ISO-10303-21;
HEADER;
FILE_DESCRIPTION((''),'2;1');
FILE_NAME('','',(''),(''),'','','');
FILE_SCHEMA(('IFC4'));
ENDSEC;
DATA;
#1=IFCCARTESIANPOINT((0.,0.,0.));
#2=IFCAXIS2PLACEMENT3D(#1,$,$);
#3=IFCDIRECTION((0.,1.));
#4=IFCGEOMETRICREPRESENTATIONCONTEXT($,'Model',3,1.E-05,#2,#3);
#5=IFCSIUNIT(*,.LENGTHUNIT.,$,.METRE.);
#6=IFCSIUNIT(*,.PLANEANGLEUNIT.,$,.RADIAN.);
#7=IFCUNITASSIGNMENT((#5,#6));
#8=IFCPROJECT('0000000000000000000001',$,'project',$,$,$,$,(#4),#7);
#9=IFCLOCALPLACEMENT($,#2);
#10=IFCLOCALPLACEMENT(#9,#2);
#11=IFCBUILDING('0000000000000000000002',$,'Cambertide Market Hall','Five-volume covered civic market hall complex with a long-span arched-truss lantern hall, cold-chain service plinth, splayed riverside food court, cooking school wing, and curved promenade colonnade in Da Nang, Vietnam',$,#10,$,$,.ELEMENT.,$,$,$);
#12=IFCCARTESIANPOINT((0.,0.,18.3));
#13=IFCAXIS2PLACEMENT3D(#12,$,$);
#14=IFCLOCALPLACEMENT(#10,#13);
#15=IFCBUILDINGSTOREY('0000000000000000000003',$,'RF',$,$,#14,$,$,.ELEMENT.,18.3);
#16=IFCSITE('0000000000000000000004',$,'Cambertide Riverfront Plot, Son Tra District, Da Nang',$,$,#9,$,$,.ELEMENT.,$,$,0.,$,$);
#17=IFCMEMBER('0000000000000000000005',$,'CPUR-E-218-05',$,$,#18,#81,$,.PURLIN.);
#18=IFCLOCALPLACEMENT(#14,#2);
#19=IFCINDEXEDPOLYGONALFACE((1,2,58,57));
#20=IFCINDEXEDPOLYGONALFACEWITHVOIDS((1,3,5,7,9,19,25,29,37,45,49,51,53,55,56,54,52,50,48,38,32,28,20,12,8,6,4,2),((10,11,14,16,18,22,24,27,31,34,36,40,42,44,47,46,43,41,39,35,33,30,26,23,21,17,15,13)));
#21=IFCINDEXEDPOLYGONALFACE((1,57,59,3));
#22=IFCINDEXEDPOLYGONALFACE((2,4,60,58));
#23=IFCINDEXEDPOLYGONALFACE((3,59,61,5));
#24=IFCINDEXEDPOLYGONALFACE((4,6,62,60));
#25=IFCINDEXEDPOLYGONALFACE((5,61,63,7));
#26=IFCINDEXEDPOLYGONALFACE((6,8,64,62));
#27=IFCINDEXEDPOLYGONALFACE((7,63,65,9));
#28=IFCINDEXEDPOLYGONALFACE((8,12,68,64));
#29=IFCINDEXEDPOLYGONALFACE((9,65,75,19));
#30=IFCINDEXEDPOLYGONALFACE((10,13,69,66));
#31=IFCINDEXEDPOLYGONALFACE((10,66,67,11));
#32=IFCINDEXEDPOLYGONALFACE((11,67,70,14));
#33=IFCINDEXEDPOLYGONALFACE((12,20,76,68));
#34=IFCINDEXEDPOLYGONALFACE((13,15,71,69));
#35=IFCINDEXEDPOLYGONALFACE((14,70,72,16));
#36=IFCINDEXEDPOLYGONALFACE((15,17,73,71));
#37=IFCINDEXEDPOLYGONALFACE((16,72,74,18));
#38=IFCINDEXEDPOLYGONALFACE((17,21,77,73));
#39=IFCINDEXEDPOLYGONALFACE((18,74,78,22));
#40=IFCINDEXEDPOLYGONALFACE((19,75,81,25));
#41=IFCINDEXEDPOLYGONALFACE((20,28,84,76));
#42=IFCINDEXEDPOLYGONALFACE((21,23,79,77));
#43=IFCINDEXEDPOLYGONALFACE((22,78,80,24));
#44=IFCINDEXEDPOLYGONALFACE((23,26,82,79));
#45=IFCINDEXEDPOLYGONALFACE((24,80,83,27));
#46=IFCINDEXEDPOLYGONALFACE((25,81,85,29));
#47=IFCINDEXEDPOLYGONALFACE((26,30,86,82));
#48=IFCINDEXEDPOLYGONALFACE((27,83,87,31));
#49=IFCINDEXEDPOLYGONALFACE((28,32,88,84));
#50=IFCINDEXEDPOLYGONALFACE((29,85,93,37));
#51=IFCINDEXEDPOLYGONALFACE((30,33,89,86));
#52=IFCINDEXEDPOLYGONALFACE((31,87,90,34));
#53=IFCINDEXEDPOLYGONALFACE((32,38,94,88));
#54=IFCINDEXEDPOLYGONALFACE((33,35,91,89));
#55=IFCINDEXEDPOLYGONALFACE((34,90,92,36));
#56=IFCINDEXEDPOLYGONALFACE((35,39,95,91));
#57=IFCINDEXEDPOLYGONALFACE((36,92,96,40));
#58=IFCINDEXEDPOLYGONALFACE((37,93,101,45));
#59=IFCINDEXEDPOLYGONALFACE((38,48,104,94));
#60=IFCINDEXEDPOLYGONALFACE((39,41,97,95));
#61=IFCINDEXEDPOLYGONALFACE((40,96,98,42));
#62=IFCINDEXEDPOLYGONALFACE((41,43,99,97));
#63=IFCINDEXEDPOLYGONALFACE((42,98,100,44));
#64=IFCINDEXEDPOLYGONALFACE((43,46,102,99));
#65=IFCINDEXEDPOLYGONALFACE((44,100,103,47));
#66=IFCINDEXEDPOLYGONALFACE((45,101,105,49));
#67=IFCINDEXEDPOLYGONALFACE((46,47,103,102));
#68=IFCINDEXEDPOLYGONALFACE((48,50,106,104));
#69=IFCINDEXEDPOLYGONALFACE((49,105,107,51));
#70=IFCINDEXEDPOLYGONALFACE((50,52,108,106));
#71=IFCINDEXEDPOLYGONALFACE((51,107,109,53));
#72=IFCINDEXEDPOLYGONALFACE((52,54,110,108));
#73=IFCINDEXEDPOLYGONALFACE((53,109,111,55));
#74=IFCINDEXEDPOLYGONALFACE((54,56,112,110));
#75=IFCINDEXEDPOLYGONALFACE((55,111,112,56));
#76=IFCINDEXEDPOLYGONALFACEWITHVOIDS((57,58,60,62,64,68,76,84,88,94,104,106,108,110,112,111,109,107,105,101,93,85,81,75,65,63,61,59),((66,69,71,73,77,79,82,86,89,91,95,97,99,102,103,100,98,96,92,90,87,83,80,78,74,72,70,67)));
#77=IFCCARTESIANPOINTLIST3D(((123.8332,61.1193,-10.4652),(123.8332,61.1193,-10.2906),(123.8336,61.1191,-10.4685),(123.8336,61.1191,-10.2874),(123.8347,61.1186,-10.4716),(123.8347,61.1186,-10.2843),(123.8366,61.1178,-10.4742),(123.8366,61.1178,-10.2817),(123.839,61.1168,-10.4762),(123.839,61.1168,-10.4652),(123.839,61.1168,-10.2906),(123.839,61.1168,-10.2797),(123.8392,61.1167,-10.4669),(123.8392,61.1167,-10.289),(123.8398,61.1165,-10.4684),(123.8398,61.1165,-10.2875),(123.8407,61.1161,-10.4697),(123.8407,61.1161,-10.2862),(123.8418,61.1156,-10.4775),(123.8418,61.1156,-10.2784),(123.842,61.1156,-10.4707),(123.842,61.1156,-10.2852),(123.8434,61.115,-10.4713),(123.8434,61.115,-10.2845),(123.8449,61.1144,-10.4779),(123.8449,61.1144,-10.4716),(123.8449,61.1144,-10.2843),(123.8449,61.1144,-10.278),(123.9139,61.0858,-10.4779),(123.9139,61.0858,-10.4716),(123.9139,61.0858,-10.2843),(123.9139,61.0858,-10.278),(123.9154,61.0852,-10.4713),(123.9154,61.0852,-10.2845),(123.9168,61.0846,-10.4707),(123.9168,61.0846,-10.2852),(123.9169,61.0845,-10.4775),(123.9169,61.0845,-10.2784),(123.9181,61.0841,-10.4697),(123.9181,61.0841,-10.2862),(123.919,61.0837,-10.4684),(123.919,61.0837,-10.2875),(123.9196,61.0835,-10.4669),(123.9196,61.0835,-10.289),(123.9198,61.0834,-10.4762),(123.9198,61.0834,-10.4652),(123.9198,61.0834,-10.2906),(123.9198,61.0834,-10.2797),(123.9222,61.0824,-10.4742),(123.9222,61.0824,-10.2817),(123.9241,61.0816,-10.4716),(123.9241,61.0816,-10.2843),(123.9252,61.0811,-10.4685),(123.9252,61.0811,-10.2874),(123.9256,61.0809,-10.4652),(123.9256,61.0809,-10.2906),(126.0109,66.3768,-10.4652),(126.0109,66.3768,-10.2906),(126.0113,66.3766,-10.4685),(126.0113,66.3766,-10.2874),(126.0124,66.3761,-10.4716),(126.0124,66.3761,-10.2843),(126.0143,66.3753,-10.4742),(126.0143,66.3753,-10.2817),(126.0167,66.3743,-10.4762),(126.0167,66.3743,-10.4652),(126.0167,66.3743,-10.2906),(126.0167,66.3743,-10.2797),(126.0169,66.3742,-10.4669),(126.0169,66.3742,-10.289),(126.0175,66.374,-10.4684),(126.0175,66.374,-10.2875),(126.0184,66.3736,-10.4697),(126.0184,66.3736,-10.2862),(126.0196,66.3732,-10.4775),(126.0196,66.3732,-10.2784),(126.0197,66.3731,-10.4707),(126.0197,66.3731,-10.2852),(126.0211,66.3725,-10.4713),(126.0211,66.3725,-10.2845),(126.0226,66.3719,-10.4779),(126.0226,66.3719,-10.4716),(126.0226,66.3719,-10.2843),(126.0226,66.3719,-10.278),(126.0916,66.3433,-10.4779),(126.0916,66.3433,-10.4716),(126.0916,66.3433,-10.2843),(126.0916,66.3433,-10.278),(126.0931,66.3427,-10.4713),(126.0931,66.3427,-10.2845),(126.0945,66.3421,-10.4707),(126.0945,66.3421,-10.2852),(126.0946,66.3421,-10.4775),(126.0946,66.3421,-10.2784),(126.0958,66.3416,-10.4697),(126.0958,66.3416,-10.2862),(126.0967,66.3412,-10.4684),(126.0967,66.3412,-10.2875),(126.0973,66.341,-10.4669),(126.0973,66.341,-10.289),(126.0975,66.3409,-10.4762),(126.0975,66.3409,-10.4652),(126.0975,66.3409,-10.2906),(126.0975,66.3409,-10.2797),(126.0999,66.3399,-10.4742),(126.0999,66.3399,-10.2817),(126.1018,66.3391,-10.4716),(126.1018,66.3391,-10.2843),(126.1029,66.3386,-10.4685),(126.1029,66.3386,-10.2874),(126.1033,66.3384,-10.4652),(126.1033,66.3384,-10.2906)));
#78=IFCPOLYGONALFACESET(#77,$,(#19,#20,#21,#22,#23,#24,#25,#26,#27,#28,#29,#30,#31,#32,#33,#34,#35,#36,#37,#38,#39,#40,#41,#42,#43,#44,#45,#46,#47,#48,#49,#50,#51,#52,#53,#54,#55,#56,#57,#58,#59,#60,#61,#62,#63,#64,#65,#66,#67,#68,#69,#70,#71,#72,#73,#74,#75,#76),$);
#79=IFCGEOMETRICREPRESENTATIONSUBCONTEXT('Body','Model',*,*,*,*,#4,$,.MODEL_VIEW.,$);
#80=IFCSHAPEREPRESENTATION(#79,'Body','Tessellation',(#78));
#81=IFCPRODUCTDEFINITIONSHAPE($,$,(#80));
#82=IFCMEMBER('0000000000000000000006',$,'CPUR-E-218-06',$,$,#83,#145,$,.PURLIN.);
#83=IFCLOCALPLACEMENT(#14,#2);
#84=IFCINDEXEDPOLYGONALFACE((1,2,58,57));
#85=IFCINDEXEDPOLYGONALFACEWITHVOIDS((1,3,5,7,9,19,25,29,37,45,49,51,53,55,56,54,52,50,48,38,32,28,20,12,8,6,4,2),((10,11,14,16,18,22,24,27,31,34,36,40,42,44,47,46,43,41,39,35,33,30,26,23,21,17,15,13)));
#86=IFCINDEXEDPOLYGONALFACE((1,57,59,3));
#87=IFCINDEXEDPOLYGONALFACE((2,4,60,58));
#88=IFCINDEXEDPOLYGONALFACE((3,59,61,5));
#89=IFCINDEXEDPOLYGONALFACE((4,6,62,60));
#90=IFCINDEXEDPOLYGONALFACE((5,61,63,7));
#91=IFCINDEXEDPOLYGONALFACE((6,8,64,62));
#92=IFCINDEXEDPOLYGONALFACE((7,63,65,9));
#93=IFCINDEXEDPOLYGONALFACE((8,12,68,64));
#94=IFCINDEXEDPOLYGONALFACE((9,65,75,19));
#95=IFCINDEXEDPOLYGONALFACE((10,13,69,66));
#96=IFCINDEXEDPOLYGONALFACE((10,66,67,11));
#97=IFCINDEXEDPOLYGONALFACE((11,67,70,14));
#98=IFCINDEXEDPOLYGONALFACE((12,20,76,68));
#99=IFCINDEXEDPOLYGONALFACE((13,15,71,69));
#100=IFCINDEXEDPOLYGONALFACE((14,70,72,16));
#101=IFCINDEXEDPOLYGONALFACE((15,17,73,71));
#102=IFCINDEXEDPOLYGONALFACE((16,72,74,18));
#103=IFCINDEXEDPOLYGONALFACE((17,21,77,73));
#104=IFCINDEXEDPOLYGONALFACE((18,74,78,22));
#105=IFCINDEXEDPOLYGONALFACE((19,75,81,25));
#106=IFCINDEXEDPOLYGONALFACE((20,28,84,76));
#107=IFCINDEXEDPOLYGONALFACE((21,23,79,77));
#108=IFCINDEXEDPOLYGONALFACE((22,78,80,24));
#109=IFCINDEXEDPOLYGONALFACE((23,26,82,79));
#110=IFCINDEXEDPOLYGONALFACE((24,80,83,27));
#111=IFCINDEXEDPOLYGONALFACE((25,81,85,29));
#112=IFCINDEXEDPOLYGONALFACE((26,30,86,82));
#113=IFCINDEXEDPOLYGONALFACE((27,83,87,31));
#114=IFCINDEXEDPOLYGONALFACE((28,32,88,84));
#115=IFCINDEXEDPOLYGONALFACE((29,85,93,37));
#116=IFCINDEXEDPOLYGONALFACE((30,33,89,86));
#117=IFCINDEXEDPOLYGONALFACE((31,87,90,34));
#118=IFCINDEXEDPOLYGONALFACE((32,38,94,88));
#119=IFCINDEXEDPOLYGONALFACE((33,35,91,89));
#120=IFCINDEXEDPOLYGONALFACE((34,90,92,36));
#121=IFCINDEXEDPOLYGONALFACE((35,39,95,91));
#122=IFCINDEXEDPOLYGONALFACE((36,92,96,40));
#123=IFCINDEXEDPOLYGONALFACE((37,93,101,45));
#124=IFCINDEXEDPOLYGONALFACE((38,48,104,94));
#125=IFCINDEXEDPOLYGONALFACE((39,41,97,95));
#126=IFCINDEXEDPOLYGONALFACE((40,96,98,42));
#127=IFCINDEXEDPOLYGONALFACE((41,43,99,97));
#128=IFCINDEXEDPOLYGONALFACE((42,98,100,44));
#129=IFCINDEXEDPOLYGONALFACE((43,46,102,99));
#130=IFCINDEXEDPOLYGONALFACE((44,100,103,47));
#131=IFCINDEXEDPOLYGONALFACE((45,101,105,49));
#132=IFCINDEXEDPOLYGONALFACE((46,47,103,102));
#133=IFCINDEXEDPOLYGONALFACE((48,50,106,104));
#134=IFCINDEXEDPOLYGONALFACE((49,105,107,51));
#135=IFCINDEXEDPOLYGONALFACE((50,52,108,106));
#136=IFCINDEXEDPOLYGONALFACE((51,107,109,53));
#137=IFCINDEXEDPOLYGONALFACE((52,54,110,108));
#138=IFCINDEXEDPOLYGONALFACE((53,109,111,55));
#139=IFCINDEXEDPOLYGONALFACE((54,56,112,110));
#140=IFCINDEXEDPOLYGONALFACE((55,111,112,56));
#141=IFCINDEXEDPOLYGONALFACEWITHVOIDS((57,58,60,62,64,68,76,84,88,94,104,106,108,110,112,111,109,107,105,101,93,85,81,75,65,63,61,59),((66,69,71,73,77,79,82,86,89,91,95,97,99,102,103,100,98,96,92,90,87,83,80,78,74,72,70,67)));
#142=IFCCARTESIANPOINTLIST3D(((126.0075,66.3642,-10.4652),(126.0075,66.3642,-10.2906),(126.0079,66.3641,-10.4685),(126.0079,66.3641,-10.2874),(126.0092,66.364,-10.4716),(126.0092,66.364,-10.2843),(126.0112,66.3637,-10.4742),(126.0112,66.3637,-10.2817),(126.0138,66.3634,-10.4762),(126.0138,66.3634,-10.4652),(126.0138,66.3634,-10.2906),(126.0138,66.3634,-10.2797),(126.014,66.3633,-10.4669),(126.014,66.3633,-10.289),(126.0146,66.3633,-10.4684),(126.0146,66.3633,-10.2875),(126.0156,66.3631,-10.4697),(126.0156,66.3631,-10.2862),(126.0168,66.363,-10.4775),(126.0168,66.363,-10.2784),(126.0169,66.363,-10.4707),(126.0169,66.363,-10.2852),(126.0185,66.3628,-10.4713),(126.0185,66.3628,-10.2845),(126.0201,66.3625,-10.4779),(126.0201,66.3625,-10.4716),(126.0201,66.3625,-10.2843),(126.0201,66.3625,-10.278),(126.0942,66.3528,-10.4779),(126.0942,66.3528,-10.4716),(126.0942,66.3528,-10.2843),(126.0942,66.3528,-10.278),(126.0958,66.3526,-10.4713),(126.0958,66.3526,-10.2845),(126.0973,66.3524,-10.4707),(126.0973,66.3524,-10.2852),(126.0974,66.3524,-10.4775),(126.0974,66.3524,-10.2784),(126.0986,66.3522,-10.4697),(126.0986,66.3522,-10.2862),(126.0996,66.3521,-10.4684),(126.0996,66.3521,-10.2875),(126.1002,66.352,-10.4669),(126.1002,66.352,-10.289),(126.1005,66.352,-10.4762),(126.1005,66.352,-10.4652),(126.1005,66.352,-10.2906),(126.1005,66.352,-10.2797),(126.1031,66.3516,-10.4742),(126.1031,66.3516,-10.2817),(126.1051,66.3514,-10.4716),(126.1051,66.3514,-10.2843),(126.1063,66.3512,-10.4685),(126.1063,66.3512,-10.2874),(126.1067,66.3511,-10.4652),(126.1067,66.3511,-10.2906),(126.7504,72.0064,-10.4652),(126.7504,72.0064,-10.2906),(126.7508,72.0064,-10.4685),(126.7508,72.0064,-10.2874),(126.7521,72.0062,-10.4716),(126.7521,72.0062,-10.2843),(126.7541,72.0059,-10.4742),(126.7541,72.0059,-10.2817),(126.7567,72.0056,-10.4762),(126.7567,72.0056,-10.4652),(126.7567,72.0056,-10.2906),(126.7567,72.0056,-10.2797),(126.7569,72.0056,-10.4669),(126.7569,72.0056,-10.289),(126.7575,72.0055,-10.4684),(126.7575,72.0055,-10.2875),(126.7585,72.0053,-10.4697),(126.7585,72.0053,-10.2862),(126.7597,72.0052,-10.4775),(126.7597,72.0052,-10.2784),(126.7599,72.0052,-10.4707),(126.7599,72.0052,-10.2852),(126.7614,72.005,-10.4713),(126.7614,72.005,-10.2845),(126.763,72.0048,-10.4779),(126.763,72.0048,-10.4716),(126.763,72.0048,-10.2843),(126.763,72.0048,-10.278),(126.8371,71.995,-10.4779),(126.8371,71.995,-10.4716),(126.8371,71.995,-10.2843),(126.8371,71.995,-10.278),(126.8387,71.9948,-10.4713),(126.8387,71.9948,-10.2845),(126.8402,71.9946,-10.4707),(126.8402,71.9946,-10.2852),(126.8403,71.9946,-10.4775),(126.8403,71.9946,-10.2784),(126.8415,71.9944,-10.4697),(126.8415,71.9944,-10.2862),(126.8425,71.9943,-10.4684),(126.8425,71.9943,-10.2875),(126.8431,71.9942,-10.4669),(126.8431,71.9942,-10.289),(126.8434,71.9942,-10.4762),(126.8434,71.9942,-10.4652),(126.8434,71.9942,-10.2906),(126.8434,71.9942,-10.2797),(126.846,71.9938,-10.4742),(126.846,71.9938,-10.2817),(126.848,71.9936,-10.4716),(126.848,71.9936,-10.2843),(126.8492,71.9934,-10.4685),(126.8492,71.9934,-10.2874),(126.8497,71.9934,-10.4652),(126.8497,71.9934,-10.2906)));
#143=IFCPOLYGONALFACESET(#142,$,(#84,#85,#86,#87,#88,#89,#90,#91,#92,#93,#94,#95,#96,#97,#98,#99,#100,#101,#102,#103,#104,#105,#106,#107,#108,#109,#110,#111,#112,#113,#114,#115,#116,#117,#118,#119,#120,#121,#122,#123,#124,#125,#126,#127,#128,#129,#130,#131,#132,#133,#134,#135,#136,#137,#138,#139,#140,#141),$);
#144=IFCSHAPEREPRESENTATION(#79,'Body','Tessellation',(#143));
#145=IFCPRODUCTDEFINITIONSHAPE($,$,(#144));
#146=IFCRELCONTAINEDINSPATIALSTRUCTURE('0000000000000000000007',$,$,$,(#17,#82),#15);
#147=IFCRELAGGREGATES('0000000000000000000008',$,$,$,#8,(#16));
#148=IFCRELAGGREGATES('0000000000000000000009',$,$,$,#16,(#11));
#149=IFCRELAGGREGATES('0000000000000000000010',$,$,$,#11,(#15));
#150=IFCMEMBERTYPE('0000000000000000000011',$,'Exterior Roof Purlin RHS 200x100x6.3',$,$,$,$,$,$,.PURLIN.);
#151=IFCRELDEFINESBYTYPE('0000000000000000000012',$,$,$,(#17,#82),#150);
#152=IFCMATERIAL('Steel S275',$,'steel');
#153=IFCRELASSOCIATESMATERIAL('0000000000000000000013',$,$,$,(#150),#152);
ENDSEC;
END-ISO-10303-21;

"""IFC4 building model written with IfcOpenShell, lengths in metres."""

from ifc_helpers import new_model, si_unit, direction, frame, origin, origin_2d, place, context, subcontext, project, spatial, hollow_rectangle, extrude, material, material_profile, profile_set, type_object, element, save


model = new_model("IFC4")

# Units and contexts
model_context = context("Model", 3, precision=1e-05, world=origin(), true_north=direction((0.0, 1.0)))
body_context = subcontext(model_context, "Body", "Model", "MODEL_VIEW")
ifc_project = project(units=[si_unit("LENGTHUNIT", "METRE"), si_unit("PLANEANGLEUNIT", "RADIAN")], contexts=[model_context])

# Site, building, storey
site_placement = place(None, origin())
site = spatial("IfcSite", under=ifc_project, at=site_placement, Name="Cambertide Riverfront Plot, Son Tra District, Da Nang", CompositionType="ELEMENT", RefElevation=0.0)
building_placement = place(site_placement, origin())
building = spatial("IfcBuilding", under=site, at=building_placement, Name="Cambertide Market Hall", Description="Five-volume covered civic market hall complex with a long-span arched-truss lantern hall, cold-chain service plinth, splayed riverside food court, cooking school wing, and curved promenade colonnade in Da Nang, Vietnam", CompositionType="ELEMENT")
storey_placement = place(building_placement, frame((0.0, 0.0, 18.3)))
storey = spatial("IfcBuildingStorey", under=building, at=storey_placement, Name="RF", CompositionType="ELEMENT", Elevation=18.3)

# Members
ifc_material_1 = material(Name="Steel S275", Category="steel")
ifc_material_profile_1 = material_profile(ifc_material_1, hollow_rectangle(XDim=0.1001, YDim=0.2, WallThickness=0.0063, InnerFilletRadius=0.0063, OuterFilletRadius=0.0127, at=origin_2d()), Name="RHS 200x100x6.3")
ifc_profile_set_1 = profile_set([ifc_material_profile_1], Name="Steel S275")
member_type_1 = type_object("IfcMemberType", Name="Exterior Roof Purlin RHS 200x100x6.3", PredefinedType="PURLIN", material=ifc_profile_set_1)
member_1_placement = place(storey_placement, frame((123.8794, 61.1001, -10.3779), z_axis=(0.38268, 0.923881, 0.0), x_axis=(-0.923881, 0.38268, 0.0)))
element("IfcMember", 1, at=member_1_placement, inside=storey, type_object=member_type_1, Name="CPUR-E-218-05", PredefinedType="PURLIN", context=body_context, shape_type="SweptSolid", body=[
    extrude(hollow_rectangle(XDim=0.1001, YDim=0.2, WallThickness=0.0063, InnerFilletRadius=0.0063, OuterFilletRadius=0.0127, at=origin_2d()), origin(), (0.0, 0.0, 1.0), 5.6907),
])
for number, where, z_axis, x_axis, name in (
    (2, (126.0571, 66.3577, -10.3779), (0.130542, 0.991443, 0.0), (-0.991443, 0.130542, 0.0), "CPUR-E-218-06"),
):
    element("IfcMember", number, at=place(storey_placement, frame(where, z_axis=z_axis, x_axis=x_axis)), inside=storey, type_object=member_type_1, Name=name, PredefinedType="PURLIN", context=body_context, shape_type="SweptSolid", body=[
        extrude(hollow_rectangle(XDim=0.1001, YDim=0.2, WallThickness=0.0063, InnerFilletRadius=0.0063, OuterFilletRadius=0.0127, at=origin_2d()), origin(), (0.0, 0.0, 1.0), 5.6909),
    ])

save(model, "model.ifc")
